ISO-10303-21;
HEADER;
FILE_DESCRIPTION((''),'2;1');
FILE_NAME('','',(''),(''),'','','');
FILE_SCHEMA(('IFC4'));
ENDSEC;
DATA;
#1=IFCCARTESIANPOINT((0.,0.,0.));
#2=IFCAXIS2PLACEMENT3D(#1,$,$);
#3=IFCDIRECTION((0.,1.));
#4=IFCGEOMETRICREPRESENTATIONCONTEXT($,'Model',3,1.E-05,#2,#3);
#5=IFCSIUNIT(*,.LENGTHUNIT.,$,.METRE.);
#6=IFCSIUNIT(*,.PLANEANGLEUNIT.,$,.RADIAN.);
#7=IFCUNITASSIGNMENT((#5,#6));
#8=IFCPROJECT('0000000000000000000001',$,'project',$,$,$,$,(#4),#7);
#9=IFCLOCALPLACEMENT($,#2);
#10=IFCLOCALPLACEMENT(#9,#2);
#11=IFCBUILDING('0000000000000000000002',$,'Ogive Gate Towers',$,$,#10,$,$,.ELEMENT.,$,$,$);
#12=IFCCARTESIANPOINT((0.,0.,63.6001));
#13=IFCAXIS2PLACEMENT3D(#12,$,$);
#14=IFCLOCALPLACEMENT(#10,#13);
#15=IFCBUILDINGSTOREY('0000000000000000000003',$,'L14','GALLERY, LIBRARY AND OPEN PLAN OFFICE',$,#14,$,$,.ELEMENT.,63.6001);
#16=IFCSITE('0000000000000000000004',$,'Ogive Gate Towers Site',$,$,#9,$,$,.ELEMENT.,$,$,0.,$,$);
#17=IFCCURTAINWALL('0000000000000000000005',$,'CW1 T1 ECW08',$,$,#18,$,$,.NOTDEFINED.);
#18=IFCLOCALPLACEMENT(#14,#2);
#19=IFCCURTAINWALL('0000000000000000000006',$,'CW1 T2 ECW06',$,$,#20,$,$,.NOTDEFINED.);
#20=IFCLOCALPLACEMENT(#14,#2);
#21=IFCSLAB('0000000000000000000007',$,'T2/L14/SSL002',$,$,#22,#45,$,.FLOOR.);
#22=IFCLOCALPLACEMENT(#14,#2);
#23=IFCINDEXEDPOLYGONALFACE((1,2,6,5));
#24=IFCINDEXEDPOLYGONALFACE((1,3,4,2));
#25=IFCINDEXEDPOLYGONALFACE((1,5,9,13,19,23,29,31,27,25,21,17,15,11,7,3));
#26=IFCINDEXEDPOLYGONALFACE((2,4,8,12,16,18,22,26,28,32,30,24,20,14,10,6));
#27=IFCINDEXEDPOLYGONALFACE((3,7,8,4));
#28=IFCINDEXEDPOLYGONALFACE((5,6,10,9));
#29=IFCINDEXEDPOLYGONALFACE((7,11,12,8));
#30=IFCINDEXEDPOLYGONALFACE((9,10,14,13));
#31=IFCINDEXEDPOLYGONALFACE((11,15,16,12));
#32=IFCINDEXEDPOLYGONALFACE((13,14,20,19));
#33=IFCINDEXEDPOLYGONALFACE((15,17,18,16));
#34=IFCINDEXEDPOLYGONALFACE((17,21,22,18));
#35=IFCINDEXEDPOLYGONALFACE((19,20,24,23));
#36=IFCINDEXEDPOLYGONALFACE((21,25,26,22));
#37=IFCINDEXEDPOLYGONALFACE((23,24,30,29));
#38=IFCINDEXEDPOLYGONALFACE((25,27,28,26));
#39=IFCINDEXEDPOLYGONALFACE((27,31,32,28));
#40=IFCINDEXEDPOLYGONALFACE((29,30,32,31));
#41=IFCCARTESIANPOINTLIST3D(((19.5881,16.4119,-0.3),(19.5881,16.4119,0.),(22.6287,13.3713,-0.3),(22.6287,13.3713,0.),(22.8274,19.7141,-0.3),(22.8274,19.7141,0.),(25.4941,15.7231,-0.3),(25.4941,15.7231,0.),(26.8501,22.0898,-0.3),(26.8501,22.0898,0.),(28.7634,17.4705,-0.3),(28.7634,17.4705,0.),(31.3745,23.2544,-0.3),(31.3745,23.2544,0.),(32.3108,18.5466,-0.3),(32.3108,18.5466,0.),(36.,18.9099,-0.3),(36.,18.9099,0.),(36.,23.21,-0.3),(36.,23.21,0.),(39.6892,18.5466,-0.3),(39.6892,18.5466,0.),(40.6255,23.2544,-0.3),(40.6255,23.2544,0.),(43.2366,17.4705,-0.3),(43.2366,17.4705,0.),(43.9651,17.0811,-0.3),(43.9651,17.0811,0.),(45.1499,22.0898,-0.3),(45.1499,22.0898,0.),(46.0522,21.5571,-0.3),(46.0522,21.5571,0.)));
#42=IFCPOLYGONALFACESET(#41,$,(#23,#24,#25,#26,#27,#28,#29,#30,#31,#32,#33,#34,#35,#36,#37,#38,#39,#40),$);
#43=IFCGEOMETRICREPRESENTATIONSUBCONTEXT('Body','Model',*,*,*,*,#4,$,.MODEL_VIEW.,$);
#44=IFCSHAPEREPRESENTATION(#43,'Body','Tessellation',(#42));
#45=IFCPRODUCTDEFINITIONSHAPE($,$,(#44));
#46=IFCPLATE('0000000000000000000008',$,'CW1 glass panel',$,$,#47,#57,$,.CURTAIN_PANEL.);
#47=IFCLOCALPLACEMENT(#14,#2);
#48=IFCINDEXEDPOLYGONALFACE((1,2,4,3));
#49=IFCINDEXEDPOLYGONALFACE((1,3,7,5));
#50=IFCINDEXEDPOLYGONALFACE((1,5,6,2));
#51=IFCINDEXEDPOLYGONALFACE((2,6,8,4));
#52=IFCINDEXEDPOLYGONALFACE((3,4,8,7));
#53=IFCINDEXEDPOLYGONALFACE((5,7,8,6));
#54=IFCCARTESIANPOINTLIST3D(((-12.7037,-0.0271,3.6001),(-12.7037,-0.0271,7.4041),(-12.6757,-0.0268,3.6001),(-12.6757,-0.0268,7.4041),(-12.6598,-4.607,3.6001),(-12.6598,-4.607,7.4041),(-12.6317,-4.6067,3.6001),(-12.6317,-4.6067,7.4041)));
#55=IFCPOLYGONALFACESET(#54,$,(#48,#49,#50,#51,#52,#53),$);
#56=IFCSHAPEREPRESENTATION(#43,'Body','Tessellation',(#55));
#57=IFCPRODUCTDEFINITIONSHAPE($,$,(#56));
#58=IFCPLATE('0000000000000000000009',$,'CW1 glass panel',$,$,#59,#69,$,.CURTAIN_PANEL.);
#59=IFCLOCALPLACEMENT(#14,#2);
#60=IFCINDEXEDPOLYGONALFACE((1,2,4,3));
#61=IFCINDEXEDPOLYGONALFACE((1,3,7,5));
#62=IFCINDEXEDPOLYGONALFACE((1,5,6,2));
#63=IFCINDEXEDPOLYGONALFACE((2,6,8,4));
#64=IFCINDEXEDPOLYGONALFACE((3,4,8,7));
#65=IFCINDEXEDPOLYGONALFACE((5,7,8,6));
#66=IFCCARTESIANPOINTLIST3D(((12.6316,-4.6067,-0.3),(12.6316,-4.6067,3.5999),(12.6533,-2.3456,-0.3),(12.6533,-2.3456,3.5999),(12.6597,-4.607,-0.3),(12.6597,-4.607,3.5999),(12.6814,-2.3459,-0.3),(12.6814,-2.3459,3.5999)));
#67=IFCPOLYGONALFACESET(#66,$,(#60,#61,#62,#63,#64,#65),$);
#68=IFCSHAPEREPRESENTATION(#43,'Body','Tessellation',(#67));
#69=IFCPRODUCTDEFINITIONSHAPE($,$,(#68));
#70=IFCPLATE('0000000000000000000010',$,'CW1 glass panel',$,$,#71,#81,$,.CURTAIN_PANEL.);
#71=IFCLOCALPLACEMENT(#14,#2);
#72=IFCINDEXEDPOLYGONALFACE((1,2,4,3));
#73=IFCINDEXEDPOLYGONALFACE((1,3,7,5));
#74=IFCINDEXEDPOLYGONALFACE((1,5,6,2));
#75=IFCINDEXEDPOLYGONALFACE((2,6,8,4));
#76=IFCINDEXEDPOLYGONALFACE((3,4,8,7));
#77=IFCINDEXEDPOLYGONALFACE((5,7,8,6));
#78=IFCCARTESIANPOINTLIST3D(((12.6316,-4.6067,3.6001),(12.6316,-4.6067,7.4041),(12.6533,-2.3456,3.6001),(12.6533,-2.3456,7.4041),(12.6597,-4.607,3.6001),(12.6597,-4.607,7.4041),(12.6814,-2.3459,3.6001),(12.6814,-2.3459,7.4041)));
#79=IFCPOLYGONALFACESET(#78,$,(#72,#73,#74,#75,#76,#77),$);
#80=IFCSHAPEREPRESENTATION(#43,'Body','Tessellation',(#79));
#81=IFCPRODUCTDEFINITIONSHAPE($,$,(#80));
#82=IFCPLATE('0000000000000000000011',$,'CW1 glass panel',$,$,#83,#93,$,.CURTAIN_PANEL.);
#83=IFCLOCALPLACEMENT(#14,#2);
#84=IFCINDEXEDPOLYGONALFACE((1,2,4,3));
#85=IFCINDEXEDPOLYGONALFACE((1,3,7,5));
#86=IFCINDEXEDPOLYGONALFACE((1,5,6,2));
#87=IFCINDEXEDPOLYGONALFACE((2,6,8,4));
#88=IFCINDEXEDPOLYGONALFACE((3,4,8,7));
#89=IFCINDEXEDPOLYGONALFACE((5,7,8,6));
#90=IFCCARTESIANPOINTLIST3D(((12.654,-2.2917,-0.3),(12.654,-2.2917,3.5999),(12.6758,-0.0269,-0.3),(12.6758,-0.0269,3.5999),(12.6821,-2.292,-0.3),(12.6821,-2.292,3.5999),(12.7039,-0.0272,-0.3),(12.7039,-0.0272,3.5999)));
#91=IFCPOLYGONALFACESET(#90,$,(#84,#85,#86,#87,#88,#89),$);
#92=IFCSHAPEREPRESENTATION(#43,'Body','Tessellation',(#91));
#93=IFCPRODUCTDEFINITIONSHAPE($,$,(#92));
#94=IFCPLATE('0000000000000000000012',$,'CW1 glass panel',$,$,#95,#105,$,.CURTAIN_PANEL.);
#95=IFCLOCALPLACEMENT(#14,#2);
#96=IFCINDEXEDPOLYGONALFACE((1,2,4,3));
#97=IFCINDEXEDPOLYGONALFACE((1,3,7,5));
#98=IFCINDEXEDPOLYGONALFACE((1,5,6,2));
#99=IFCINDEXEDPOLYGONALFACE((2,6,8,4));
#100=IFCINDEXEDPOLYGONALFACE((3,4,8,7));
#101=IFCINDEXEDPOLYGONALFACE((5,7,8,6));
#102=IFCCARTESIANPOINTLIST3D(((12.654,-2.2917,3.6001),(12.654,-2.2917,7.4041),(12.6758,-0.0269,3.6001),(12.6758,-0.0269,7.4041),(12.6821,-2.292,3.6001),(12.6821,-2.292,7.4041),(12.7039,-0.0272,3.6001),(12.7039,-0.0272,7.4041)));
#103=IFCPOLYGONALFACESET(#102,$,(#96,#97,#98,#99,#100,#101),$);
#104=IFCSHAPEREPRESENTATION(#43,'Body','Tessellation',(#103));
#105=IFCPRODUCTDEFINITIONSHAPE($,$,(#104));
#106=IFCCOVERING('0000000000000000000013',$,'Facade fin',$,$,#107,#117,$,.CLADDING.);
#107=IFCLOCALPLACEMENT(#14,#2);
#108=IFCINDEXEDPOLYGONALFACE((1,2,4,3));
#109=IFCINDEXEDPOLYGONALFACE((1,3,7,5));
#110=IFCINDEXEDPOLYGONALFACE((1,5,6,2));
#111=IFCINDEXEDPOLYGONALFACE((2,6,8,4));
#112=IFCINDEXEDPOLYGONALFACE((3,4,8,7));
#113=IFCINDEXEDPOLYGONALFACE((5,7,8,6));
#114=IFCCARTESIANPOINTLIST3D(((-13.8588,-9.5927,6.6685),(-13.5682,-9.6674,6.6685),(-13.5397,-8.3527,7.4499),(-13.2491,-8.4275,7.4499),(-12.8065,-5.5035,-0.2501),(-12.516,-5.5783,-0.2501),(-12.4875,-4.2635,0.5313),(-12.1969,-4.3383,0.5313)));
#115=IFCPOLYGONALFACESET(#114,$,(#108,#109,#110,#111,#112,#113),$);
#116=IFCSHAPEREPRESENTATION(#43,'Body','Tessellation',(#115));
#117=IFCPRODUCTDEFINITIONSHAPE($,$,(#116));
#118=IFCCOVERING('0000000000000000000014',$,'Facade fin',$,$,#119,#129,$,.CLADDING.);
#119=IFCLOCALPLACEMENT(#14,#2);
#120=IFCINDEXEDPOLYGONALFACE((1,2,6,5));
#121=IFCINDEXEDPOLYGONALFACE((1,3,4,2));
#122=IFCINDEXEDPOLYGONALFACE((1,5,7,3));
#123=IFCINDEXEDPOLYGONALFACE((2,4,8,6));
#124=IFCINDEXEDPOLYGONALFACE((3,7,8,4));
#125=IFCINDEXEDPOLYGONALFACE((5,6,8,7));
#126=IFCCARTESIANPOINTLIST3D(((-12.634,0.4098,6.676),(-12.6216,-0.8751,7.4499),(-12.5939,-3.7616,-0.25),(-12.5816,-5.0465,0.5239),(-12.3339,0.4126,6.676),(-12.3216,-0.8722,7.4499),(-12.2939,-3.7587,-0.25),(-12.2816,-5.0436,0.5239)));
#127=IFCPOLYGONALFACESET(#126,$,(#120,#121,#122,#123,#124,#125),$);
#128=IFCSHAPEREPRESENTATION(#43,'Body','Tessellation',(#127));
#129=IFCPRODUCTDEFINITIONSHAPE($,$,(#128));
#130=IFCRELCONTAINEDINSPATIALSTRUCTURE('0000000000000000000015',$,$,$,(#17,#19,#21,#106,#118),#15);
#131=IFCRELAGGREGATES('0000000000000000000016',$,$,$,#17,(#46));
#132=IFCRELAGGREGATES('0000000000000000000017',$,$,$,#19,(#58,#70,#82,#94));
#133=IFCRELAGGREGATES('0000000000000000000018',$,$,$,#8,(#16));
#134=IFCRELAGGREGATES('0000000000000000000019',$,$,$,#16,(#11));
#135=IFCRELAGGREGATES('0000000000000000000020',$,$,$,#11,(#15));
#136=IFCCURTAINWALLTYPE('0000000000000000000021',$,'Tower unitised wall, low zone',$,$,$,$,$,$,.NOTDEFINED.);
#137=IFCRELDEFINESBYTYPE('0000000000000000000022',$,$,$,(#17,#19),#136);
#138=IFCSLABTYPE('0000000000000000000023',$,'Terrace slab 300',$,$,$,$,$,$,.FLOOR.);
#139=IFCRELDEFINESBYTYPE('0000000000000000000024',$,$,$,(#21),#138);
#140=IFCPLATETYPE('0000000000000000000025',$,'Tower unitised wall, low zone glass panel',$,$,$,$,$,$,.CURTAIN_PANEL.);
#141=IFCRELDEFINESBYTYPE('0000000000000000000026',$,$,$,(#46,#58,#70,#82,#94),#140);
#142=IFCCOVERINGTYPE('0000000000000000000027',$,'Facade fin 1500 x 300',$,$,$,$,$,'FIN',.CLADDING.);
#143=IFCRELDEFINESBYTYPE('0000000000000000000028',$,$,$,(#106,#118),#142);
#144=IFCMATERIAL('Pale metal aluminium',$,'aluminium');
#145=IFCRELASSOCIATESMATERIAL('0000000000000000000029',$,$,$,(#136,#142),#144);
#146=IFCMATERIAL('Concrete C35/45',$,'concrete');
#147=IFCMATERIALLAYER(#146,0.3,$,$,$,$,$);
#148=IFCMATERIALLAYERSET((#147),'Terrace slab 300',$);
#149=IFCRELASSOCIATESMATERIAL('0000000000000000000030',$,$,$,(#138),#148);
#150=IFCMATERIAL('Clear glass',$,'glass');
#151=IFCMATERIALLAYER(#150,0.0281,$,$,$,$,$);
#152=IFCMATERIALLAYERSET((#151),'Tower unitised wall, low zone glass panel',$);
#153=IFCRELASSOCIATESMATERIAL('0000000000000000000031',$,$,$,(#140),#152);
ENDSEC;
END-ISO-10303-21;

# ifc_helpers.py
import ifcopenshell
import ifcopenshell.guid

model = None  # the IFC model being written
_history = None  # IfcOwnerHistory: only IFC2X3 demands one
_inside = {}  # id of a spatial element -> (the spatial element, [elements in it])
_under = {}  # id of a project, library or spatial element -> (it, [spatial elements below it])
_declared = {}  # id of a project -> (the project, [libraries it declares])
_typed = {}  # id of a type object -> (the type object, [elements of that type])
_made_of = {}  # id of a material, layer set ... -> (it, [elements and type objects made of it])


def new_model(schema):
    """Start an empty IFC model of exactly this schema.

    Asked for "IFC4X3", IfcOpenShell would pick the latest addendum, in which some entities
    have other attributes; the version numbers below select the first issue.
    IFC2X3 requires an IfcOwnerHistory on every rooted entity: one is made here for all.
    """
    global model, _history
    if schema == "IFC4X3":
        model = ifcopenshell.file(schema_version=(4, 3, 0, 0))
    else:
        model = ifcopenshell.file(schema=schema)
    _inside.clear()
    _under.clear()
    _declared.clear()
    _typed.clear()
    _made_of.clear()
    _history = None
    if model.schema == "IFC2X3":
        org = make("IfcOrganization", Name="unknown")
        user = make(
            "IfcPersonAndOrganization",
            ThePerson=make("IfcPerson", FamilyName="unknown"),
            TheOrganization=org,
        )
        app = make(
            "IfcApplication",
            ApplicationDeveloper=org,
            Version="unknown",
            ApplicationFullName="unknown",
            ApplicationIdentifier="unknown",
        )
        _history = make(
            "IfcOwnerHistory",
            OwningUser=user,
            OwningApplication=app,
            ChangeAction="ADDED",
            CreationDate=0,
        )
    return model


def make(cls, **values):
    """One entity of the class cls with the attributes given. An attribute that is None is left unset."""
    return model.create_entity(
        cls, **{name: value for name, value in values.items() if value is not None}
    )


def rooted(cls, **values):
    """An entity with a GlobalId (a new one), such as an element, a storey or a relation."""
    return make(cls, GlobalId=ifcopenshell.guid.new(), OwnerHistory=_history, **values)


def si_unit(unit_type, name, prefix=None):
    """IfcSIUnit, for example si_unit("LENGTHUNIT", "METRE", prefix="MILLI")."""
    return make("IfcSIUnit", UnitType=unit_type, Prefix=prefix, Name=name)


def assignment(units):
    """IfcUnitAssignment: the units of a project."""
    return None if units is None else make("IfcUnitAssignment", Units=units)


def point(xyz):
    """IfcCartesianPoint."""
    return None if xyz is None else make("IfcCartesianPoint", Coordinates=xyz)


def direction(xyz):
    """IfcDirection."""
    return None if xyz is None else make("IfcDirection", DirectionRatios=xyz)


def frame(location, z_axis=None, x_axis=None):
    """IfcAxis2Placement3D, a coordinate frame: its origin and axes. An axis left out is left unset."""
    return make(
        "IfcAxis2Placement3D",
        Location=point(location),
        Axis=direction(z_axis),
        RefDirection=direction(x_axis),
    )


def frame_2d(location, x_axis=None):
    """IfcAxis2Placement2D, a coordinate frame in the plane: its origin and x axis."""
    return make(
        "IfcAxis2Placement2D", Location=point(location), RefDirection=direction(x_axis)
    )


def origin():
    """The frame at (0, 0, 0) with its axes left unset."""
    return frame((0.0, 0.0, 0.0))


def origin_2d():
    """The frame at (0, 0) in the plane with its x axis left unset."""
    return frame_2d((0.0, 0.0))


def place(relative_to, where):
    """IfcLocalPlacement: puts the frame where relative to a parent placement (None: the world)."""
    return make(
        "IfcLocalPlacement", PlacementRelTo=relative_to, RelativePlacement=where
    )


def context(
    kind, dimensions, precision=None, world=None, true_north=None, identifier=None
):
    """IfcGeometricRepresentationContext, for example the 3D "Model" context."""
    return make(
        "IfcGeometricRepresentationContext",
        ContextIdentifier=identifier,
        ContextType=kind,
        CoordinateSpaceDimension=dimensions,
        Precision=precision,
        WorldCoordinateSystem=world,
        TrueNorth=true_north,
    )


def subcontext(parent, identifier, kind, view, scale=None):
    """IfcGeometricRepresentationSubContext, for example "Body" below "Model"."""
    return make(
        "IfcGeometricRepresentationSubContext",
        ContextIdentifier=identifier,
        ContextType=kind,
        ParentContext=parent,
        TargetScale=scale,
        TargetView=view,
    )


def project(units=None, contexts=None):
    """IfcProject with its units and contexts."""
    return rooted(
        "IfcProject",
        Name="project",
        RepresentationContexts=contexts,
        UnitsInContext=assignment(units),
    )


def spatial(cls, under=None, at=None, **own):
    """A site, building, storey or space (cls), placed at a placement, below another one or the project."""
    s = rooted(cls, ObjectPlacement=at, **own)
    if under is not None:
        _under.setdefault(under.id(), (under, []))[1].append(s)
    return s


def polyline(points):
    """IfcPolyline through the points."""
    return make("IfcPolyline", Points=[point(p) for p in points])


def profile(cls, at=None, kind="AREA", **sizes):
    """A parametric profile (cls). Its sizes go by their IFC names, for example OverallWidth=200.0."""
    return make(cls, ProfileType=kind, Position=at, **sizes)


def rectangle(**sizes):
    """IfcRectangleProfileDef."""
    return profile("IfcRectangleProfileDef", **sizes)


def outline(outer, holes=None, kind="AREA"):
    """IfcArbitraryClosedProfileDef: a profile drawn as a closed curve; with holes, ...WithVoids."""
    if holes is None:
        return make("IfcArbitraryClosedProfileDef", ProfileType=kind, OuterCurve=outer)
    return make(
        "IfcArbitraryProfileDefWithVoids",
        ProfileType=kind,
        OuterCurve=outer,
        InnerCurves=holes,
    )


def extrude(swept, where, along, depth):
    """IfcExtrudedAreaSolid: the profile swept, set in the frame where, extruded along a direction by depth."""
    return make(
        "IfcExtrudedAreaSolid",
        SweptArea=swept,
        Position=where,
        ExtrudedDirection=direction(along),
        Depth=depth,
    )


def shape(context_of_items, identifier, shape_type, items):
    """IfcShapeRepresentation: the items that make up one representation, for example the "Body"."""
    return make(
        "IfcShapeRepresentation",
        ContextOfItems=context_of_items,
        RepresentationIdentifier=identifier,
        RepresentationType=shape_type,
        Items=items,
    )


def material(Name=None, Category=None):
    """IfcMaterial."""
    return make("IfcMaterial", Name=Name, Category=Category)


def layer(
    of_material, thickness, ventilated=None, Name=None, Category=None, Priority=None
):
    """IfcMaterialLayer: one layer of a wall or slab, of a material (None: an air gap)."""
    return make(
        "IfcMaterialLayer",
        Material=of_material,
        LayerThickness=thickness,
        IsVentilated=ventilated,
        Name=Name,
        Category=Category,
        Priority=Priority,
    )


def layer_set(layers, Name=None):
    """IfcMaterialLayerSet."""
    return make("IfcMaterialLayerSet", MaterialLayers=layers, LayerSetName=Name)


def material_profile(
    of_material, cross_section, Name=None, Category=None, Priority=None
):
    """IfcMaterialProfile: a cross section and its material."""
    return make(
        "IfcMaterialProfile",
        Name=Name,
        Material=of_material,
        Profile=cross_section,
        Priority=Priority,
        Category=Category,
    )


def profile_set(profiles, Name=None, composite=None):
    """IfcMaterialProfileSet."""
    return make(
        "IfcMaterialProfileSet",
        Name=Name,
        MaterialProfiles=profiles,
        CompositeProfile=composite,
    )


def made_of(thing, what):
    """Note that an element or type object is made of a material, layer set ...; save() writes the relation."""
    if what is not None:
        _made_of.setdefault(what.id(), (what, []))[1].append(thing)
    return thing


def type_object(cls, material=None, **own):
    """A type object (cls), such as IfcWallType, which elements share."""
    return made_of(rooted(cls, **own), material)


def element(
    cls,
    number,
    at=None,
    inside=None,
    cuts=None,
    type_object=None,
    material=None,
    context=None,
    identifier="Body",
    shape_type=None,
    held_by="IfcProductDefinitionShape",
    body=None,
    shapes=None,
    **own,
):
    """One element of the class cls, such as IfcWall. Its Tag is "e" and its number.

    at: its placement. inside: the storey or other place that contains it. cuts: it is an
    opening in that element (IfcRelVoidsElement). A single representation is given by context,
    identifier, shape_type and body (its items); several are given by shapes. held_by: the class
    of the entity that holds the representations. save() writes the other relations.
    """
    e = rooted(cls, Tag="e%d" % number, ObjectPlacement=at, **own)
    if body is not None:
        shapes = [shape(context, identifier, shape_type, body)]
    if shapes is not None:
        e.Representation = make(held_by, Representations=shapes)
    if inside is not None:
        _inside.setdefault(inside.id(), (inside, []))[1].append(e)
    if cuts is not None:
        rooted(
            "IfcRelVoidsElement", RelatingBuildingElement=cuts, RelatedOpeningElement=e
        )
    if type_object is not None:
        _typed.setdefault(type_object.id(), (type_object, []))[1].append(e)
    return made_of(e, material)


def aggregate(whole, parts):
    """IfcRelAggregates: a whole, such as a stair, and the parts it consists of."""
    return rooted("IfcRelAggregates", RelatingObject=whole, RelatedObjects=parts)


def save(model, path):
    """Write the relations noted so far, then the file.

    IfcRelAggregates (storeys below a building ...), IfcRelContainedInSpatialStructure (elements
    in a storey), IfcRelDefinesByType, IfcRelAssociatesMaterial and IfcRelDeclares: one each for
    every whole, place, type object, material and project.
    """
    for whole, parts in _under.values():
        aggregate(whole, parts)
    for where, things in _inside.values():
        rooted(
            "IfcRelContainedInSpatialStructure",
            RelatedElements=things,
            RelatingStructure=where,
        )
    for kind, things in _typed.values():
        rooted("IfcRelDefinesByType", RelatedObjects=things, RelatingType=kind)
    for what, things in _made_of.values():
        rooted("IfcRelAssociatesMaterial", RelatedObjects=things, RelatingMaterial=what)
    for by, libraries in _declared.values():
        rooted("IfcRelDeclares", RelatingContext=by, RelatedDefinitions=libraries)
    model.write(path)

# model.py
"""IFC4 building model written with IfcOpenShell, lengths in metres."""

from ifc_helpers import new_model, si_unit, direction, frame, origin, origin_2d, place, context, subcontext, project, spatial, polyline, rectangle, outline, extrude, material, layer, layer_set, material_profile, profile_set, type_object, element, aggregate, save


model = new_model("IFC4")

# Units and contexts
model_context = context("Model", 3, precision=1e-05, world=origin(), true_north=direction((0.0, 1.0)))
body_context = subcontext(model_context, "Body", "Model", "MODEL_VIEW")
ifc_project = project(units=[si_unit("LENGTHUNIT", "METRE"), si_unit("PLANEANGLEUNIT", "RADIAN")], contexts=[model_context])

# Site, building, storey
site_placement = place(None, origin())
site = spatial("IfcSite", under=ifc_project, at=site_placement, Name="Ogive Gate Towers Site", CompositionType="ELEMENT", RefElevation=0.0)
building_placement = place(site_placement, origin())
building = spatial("IfcBuilding", under=site, at=building_placement, Name="Ogive Gate Towers", CompositionType="ELEMENT")
storey_placement = place(building_placement, frame((0.0, 0.0, 63.6001)))
storey = spatial("IfcBuildingStorey", under=building, at=storey_placement, Name="L14", Description="GALLERY, LIBRARY AND OPEN PLAN OFFICE", CompositionType="ELEMENT", Elevation=63.6001)

# Curtain wall
ifc_material_1 = material(Name="Pale metal aluminium", Category="aluminium")
curtain_wall_type = type_object("IfcCurtainWallType", Name="Tower unitised wall, low zone", PredefinedType="NOTDEFINED", material=ifc_material_1)
curtain_wall_1_placement = place(storey_placement, origin())
curtain_wall_1 = element("IfcCurtainWall", 1, at=curtain_wall_1_placement, inside=storey, type_object=curtain_wall_type, Name="CW1 T1 ECW08", PredefinedType="NOTDEFINED")

# Curtain wall
curtain_wall_2_placement = place(storey_placement, origin())
curtain_wall_2 = element("IfcCurtainWall", 2, at=curtain_wall_2_placement, inside=storey, type_object=curtain_wall_type, Name="CW1 T2 ECW06", PredefinedType="NOTDEFINED")

# Shared definitions
ifc_material_2 = material(Name="Concrete C35/45", Category="concrete")

# Slab
ifc_layer_1 = layer(ifc_material_2, 0.3)
ifc_layer_set_1 = layer_set([ifc_layer_1], Name="Terrace slab 300")
slab_type_1 = type_object("IfcSlabType", Name="Terrace slab 300", PredefinedType="FLOOR", material=ifc_layer_set_1)
slab_1_placement = place(storey_placement, frame((0.0, 0.0, -0.3)))
element("IfcSlab", 3, at=slab_1_placement, inside=storey, type_object=slab_type_1, Name="T2/L14/SSL002", PredefinedType="FLOOR", context=body_context, shape_type="SweptSolid", body=[
    extrude(outline(polyline([(43.9651, 17.0811), (46.0522, 21.5571), (45.1499, 22.0898), (40.6255, 23.2544), (36.0, 23.21), (31.3745, 23.2544), (26.8501, 22.0898), (22.8274, 19.7141), (19.5881, 16.4119), (22.6287, 13.3713), (25.4941, 15.7231), (28.7634, 17.4705), (32.3108, 18.5466), (36.0, 18.9099), (39.6892, 18.5466), (43.2366, 17.4705), (43.9651, 17.0811)])), origin(), (0.0, 0.0, 1.0), 0.3),
])

# Plates
ifc_material_3 = material(Name="Clear glass", Category="glass")
ifc_layer_2 = layer(ifc_material_3, 0.0281)
ifc_layer_set_2 = layer_set([ifc_layer_2], Name="Tower unitised wall, low zone glass panel")
plate_type = type_object("IfcPlateType", Name="Tower unitised wall, low zone glass panel", PredefinedType="CURTAIN_PANEL", material=ifc_layer_set_2)
plate_1_placement = place(storey_placement, frame((-12.6677, -2.3169, 3.6001), z_axis=(0.0, 0.0, 1.0), x_axis=(-0.009599, 0.999954, 0.0)))
plate_1 = element("IfcPlate", 4, at=plate_1_placement, type_object=plate_type, Name="CW1 glass panel", PredefinedType="CURTAIN_PANEL", context=body_context, shape_type="SweptSolid", body=[
    extrude(rectangle(XDim=4.5801, YDim=0.0281, at=origin_2d()), origin(), (0.0, 0.0, 1.0), 3.804),
])
aggregate(curtain_wall_1, [plate_1])
plate_2_placement = place(storey_placement, frame((12.6565, -3.4763, -0.3), z_axis=(0.0, 0.0, 1.0), x_axis=(0.009582, 0.999954, 0.0)))
plate_2 = element("IfcPlate", 5, at=plate_2_placement, type_object=plate_type, Name="CW1 glass panel", PredefinedType="CURTAIN_PANEL", context=body_context, shape_type="SweptSolid", body=[
    extrude(rectangle(XDim=2.2612, YDim=0.0281, at=origin_2d()), origin(), (0.0, 0.0, 1.0), 3.8999),
])
plate_3_placement = place(storey_placement, frame((12.6565, -3.4763, 3.6001), z_axis=(0.0, 0.0, 1.0), x_axis=(0.009582, 0.999954, 0.0)))
plate_3 = element("IfcPlate", 6, at=plate_3_placement, type_object=plate_type, Name="CW1 glass panel", PredefinedType="CURTAIN_PANEL", context=body_context, shape_type="SweptSolid", body=[
    extrude(rectangle(XDim=2.2612, YDim=0.0281, at=origin_2d()), origin(), (0.0, 0.0, 1.0), 3.804),
])
plate_4_placement = place(storey_placement, frame((12.679, -1.1594, -0.3), z_axis=(0.0, 0.0, 1.0), x_axis=(0.009617, 0.999954, 0.0)))
plate_4 = element("IfcPlate", 7, at=plate_4_placement, type_object=plate_type, Name="CW1 glass panel", PredefinedType="CURTAIN_PANEL", context=body_context, shape_type="SweptSolid", body=[
    extrude(rectangle(XDim=2.2649, YDim=0.0281, at=origin_2d()), origin(), (0.0, 0.0, 1.0), 3.8999),
])
plate_5_placement = place(storey_placement, frame((12.679, -1.1594, 3.6001), z_axis=(0.0, 0.0, 1.0), x_axis=(0.009617, 0.999954, 0.0)))
plate_5 = element("IfcPlate", 8, at=plate_5_placement, type_object=plate_type, Name="CW1 glass panel", PredefinedType="CURTAIN_PANEL", context=body_context, shape_type="SweptSolid", body=[
    extrude(rectangle(XDim=2.2649, YDim=0.0281, at=origin_2d()), origin(), (0.0, 0.0, 1.0), 3.804),
])
aggregate(curtain_wall_2, [plate_2, plate_3, plate_4, plate_5])

# Coverings
ifc_material_profile_1 = material_profile(ifc_material_1, rectangle(XDim=0.3, YDim=1.5, at=origin_2d()), Name="1500 x 300 pale metal aluminium")
ifc_profile_set_1 = profile_set([ifc_material_profile_1], Name="Pale metal aluminium")
covering_type = type_object("IfcCoveringType", Name="Facade fin 1500 x 300", ElementType="FIN", PredefinedType="CLADDING", material=ifc_profile_set_1)
covering_1_placement = place(storey_placement, frame((-12.5017, -4.9209, 0.1406), z_axis=(-0.129825, -0.504509, 0.85359), x_axis=(0.968449, -0.24921, 0.0)))
element("IfcCovering", 9, at=covering_1_placement, inside=storey, type_object=covering_type, Name="Facade fin", PredefinedType="CLADDING", context=body_context, shape_type="SweptSolid", body=[
    extrude(rectangle(XDim=0.3, YDim=1.5, at=origin_2d()), origin(), (0.0, 0.0, 1.0), 8.1052),
])
covering_2_placement = place(storey_placement, frame((-12.4377, -4.4026, 0.137), z_axis=(-0.004952, 0.515923, 0.856621), x_axis=(-0.999954, -0.009598, 0.0)))
element("IfcCovering", 10, at=covering_2_placement, inside=storey, type_object=covering_type, Name="Facade fin", PredefinedType="CLADDING", context=body_context, shape_type="SweptSolid", body=[
    extrude(rectangle(XDim=0.3, YDim=1.5, at=origin_2d()), origin(), (0.0, 0.0, 1.0), 8.0852),
])

save(model, "model.ifc")
